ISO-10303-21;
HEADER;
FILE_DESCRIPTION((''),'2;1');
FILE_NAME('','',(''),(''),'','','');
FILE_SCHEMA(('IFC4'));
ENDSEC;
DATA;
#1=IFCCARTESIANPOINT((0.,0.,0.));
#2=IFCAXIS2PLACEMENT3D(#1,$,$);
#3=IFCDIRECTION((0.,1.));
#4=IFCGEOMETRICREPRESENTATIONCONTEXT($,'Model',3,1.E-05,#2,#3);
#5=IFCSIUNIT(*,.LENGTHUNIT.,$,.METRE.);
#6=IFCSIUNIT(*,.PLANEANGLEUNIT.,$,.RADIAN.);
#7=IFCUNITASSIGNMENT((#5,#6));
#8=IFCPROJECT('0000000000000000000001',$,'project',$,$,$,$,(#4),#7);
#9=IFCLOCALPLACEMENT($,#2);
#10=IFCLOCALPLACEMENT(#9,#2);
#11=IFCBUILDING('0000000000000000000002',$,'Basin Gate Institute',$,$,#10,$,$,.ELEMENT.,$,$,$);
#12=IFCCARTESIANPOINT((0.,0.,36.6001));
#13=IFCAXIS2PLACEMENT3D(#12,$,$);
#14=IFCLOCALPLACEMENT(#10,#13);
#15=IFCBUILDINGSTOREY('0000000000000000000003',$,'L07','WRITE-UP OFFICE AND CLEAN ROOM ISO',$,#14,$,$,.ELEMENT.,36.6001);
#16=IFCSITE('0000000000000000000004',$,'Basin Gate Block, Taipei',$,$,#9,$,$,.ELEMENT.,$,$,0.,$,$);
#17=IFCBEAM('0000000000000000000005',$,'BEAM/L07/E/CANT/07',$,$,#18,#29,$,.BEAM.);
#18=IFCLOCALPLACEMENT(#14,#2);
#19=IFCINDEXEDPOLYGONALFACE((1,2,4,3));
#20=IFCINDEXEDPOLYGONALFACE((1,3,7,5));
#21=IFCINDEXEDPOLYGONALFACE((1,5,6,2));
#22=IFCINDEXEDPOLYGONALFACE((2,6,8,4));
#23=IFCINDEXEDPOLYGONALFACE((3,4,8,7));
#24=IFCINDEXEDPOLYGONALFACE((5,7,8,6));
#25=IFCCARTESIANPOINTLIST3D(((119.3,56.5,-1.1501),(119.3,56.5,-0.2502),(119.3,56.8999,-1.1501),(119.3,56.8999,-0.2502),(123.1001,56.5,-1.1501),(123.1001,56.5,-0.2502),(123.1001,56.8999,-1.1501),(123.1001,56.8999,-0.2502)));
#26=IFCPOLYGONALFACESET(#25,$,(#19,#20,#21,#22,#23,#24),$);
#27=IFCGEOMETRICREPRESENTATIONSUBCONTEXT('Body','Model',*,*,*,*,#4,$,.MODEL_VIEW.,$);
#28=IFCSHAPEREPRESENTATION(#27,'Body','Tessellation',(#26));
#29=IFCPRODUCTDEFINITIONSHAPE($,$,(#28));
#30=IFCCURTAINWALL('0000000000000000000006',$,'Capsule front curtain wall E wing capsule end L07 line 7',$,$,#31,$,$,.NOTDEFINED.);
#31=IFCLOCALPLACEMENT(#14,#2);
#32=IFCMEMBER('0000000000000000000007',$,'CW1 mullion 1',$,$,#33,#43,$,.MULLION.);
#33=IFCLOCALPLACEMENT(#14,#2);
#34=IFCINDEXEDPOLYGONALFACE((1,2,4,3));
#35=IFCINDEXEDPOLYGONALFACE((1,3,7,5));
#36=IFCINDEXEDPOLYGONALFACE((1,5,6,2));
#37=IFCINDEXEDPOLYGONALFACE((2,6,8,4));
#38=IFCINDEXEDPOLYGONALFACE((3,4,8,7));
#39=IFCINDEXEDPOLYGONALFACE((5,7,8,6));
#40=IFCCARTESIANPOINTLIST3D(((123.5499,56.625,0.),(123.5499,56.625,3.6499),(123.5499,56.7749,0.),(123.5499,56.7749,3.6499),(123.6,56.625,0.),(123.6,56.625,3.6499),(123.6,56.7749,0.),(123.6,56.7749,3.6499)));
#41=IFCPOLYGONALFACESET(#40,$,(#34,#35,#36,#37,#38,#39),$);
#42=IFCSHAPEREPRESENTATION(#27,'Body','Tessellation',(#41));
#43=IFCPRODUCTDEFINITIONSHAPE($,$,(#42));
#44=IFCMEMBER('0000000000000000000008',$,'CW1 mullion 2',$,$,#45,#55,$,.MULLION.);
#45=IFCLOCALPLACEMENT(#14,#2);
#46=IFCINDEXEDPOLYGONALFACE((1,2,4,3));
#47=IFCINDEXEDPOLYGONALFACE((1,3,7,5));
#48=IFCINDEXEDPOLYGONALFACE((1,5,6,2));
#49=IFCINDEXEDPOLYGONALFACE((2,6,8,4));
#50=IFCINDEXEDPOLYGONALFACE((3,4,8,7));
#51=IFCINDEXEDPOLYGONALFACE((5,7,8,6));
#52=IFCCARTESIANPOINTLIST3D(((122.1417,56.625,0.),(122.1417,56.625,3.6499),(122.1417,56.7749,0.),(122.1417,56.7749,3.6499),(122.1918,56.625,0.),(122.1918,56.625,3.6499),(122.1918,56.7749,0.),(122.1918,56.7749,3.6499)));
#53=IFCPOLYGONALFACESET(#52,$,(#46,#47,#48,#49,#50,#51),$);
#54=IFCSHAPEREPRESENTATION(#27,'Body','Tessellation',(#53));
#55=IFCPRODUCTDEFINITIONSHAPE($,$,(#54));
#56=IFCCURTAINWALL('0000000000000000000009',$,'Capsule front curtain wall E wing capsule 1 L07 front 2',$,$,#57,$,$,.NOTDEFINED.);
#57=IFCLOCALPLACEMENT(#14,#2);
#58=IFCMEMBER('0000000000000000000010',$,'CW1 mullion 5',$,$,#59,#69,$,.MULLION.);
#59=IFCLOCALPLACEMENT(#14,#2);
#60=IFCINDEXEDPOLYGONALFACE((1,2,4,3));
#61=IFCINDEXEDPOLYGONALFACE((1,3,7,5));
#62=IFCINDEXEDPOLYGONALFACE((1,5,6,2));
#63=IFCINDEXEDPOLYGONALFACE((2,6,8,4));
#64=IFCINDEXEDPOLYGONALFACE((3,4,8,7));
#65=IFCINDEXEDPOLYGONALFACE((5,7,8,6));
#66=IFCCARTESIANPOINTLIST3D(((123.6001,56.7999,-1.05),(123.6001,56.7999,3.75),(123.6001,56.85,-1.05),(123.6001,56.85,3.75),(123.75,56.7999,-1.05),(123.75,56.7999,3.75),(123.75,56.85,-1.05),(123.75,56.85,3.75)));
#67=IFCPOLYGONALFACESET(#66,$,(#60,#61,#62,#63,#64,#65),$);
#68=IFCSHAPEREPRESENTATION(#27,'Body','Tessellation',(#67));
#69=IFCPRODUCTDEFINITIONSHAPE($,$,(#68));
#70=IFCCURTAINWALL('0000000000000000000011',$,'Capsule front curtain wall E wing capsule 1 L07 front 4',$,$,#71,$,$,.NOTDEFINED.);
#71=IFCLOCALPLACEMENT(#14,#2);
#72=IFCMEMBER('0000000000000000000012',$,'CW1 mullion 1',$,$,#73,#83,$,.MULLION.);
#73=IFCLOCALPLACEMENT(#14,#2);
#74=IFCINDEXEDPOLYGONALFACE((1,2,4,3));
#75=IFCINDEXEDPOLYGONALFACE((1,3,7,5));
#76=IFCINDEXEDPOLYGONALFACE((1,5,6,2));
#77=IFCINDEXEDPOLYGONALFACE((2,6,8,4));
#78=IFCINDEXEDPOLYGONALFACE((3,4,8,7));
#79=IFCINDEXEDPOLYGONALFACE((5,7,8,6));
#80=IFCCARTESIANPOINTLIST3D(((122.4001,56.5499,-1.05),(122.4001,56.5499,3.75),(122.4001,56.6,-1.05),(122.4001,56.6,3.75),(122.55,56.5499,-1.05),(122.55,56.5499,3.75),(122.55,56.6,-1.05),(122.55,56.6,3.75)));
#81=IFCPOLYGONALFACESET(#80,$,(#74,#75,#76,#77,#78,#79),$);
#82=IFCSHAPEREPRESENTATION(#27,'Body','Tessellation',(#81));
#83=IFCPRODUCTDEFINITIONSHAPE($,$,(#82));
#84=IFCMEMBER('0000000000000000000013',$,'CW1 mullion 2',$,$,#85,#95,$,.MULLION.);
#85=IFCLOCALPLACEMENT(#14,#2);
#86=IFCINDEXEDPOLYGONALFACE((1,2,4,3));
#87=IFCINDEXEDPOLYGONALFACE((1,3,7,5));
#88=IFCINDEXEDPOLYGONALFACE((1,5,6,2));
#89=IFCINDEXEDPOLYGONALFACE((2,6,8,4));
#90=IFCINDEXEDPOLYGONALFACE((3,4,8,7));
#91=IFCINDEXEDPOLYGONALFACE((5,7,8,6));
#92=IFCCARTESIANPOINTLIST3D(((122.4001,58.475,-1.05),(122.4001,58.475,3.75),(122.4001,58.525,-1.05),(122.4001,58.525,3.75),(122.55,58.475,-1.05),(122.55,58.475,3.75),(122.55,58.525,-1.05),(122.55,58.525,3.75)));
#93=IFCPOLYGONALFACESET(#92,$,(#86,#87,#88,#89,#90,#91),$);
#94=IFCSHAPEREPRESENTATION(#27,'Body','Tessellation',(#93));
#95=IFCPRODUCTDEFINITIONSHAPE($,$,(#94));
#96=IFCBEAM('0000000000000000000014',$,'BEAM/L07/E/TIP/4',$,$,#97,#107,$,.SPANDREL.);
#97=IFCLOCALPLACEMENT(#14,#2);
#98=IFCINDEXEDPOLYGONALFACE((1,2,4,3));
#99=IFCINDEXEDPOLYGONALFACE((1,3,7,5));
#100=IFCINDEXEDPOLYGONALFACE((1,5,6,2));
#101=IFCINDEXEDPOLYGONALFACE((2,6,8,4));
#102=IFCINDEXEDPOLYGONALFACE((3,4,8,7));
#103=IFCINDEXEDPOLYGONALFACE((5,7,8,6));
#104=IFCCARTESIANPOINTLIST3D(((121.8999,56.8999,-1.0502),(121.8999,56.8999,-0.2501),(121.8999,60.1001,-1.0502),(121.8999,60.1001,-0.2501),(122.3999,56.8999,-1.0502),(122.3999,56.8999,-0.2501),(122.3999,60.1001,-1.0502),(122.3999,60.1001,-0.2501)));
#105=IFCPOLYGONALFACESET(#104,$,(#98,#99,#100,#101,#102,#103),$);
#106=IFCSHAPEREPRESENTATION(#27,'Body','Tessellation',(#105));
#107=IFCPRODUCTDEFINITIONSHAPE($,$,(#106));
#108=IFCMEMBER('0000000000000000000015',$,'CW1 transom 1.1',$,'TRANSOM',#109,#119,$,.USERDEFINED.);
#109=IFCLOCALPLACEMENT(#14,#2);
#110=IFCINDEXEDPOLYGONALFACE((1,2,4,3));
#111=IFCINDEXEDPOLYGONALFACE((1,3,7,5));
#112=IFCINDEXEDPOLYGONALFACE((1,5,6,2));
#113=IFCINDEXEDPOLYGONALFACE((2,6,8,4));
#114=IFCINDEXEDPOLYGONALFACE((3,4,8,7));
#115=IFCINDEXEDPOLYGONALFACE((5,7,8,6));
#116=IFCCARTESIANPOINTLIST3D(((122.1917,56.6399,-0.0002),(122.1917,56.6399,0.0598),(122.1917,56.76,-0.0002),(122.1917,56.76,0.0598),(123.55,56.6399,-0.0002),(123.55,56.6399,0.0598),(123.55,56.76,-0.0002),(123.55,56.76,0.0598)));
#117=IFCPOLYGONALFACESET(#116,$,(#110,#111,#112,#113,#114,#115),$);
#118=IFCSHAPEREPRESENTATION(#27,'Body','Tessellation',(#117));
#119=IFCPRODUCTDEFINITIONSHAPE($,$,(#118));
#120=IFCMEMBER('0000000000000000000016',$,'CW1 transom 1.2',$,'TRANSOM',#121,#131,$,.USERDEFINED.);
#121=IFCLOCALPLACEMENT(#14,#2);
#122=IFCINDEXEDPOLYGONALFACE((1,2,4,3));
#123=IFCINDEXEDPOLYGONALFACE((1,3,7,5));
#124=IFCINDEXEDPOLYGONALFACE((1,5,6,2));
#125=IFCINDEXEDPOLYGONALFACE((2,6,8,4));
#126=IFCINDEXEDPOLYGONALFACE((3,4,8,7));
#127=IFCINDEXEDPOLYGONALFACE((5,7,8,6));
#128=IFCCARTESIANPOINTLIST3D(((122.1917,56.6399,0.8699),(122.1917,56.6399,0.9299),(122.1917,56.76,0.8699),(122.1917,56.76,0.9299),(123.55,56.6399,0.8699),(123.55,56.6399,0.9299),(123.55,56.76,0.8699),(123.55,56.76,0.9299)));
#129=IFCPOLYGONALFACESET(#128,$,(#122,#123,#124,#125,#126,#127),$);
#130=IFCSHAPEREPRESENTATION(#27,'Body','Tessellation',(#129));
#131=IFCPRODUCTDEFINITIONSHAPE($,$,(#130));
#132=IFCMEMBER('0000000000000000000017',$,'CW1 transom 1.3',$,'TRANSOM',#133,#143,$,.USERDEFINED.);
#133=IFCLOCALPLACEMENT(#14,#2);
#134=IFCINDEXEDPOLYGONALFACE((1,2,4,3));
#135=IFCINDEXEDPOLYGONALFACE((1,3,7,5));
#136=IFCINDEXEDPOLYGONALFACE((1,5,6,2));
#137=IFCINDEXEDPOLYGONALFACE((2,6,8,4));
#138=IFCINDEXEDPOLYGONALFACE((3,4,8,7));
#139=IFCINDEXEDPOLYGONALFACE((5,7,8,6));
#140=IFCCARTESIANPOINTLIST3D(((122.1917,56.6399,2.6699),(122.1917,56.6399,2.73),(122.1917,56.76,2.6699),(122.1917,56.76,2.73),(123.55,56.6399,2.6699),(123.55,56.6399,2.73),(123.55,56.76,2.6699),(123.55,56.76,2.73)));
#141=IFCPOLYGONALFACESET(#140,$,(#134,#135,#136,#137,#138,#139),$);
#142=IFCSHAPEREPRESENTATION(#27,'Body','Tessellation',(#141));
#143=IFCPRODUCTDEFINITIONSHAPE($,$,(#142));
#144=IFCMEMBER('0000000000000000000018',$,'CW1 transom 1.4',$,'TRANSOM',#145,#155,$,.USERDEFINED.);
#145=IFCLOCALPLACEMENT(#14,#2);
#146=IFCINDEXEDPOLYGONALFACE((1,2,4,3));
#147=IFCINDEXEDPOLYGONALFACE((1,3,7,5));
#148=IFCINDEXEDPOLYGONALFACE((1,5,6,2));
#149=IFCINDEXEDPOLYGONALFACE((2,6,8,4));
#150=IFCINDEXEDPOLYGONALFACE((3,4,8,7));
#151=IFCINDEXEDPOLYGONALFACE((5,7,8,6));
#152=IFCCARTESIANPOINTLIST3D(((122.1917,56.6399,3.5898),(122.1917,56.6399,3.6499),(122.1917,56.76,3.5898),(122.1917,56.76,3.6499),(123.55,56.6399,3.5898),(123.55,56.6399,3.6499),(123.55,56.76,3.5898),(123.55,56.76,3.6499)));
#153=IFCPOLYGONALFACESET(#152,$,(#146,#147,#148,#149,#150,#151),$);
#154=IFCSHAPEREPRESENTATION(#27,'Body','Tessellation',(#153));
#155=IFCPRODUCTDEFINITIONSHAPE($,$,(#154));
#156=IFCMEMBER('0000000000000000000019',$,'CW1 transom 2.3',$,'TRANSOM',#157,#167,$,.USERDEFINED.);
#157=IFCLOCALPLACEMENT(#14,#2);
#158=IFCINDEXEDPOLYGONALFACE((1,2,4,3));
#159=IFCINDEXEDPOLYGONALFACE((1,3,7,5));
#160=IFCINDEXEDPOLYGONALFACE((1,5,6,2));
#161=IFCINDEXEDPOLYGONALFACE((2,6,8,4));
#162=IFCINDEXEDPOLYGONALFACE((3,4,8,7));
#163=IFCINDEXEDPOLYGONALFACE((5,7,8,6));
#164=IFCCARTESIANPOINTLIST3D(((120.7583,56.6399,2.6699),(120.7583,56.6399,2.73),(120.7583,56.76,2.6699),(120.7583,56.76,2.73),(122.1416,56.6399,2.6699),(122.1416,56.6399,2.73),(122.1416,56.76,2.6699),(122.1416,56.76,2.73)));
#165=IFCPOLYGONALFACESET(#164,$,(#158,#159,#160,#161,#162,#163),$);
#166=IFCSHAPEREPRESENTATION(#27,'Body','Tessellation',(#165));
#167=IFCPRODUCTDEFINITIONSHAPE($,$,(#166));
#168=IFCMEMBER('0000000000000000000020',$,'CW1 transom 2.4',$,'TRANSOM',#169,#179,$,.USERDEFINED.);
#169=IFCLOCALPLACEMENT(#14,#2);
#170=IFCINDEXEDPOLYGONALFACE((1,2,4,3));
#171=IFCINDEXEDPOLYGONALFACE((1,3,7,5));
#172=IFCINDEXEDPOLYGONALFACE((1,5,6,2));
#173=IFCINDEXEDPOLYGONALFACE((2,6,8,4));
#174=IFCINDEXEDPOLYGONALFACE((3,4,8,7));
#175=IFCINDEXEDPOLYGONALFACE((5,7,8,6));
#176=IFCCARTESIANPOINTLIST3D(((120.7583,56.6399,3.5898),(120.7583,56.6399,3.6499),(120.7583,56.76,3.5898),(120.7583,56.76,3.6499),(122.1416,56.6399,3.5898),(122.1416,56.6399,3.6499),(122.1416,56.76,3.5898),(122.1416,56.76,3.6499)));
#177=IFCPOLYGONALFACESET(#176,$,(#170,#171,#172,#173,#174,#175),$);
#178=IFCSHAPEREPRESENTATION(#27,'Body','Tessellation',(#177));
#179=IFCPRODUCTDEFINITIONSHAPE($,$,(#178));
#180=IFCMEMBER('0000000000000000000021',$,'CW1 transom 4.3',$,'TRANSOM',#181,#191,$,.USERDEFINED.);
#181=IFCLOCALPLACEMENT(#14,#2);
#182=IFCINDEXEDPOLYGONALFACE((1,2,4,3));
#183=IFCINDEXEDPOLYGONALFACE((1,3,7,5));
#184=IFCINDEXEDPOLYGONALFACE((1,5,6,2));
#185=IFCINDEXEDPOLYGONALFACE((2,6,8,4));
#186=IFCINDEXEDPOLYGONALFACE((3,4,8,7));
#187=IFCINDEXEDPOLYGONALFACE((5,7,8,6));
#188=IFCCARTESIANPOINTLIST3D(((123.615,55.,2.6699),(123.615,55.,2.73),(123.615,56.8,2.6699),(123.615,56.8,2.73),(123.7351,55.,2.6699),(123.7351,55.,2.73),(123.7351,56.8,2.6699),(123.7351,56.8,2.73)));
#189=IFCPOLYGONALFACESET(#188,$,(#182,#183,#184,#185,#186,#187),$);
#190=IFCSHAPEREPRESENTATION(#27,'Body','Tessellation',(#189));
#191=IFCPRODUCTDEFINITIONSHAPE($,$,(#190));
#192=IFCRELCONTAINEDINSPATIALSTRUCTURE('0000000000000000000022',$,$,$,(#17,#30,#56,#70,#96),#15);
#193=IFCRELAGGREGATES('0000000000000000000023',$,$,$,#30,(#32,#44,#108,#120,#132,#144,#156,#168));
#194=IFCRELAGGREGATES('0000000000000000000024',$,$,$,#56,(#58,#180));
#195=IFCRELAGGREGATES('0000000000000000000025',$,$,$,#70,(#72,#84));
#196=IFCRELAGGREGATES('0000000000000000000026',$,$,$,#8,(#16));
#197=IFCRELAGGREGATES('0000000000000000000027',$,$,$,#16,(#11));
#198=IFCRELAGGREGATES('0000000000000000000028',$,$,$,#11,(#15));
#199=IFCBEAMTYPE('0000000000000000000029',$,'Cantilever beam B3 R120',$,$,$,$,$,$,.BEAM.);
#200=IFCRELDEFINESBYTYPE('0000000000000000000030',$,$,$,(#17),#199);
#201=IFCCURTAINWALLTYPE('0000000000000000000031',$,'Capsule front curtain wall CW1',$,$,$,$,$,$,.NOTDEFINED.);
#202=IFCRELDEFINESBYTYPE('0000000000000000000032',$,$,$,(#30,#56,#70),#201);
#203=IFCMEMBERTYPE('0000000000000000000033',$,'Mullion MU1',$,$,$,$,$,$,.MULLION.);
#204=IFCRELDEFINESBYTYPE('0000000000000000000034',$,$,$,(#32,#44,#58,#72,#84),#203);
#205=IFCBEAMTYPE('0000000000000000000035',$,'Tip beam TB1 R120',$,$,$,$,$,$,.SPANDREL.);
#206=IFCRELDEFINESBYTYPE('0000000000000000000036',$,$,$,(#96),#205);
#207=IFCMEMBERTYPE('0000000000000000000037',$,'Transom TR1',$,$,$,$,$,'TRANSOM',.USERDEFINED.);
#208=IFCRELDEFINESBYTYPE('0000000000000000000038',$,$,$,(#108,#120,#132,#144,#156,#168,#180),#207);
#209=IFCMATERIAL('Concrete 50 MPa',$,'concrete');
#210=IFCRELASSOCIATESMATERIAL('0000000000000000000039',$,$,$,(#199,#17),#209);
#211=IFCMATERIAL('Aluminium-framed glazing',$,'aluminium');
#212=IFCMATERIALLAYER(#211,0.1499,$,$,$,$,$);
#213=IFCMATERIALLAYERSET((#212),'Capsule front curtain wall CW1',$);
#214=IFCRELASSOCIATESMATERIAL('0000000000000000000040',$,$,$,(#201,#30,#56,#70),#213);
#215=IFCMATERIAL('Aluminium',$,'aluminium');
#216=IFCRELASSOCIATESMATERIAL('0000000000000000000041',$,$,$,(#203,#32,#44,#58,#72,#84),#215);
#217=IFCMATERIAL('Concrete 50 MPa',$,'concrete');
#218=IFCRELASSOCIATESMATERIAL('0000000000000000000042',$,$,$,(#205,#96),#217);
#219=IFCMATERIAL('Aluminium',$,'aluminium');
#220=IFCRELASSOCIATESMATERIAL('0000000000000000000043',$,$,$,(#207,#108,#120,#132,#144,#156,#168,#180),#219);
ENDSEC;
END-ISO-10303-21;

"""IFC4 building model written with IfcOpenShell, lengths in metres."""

from ifc_helpers import new_model, si_unit, direction, frame, origin, origin_2d, place, context, subcontext, project, spatial, rectangle, extrude, material, layer, layer_set, material_profile, profile_set, type_object, element, aggregate, save


model = new_model("IFC4")

# Units and contexts
model_context = context("Model", 3, precision=1e-05, world=origin(), true_north=direction((0.0, 1.0)))
body_context = subcontext(model_context, "Body", "Model", "MODEL_VIEW")
ifc_project = project(units=[si_unit("LENGTHUNIT", "METRE"), si_unit("PLANEANGLEUNIT", "RADIAN")], contexts=[model_context])

# Site, building, storey
site_placement = place(None, origin())
site = spatial("IfcSite", under=ifc_project, at=site_placement, Name="Basin Gate Block, Taipei", CompositionType="ELEMENT", RefElevation=0.0)
building_placement = place(site_placement, origin())
building = spatial("IfcBuilding", under=site, at=building_placement, Name="Basin Gate Institute", CompositionType="ELEMENT")
storey_placement = place(building_placement, frame((0.0, 0.0, 36.6001)))
storey = spatial("IfcBuildingStorey", under=building, at=storey_placement, Name="L07", Description="WRITE-UP OFFICE AND CLEAN ROOM ISO", CompositionType="ELEMENT", Elevation=36.6001)

# Beam
ifc_material_1 = material(Name="Concrete 50 MPa", Category="concrete")
ifc_material_profile_1 = material_profile(ifc_material_1, rectangle(XDim=0.3999, YDim=0.8999, at=origin_2d()), Name="Cantilever beam B3 400 x 900")
ifc_profile_set_1 = profile_set([ifc_material_profile_1], Name="Concrete 50 MPa")
beam_type_1 = type_object("IfcBeamType", Name="Cantilever beam B3 R120", PredefinedType="BEAM", material=ifc_profile_set_1)
beam_1_placement = place(storey_placement, frame((123.1001, 56.7, -0.7002), z_axis=(-1.0, 0.0, 0.0), x_axis=(0.0, -1.0, 0.0)))
element("IfcBeam", 1, at=beam_1_placement, inside=storey, type_object=beam_type_1, material=ifc_profile_set_1, Name="BEAM/L07/E/CANT/07", PredefinedType="BEAM", context=body_context, shape_type="SweptSolid", body=[
    extrude(rectangle(XDim=0.3999, YDim=0.8999, at=origin_2d()), origin(), (0.0, 0.0, 1.0), 3.8),
])

# Curtain wall, members
ifc_material_2 = material(Name="Aluminium-framed glazing", Category="aluminium")
ifc_layer_1 = layer(ifc_material_2, 0.1499)
ifc_layer_set_1 = layer_set([ifc_layer_1], Name="Capsule front curtain wall CW1")
curtain_wall_type = type_object("IfcCurtainWallType", Name="Capsule front curtain wall CW1", PredefinedType="NOTDEFINED", material=ifc_layer_set_1)
curtain_wall_1_placement = place(storey_placement, origin())
curtain_wall_1 = element("IfcCurtainWall", 2, at=curtain_wall_1_placement, inside=storey, type_object=curtain_wall_type, material=ifc_layer_set_1, Name="Capsule front curtain wall E wing capsule end L07 line 7", PredefinedType="NOTDEFINED")
ifc_material_3 = material(Name="Aluminium", Category="aluminium")
ifc_material_profile_2 = material_profile(ifc_material_3, rectangle(XDim=0.1499, YDim=0.05, at=origin_2d()), Name="Mullion MU1 150 x 50")
ifc_profile_set_2 = profile_set([ifc_material_profile_2], Name="Aluminium")
member_type_1 = type_object("IfcMemberType", Name="Mullion MU1", PredefinedType="MULLION", material=ifc_profile_set_2)
member_1_placement = place(storey_placement, frame((123.575, 56.7, 0.0), z_axis=(0.0, 0.0, 1.0), x_axis=(0.0, -1.0, 0.0)))
member_1 = element("IfcMember", 3, at=member_1_placement, type_object=member_type_1, material=ifc_profile_set_2, Name="CW1 mullion 1", PredefinedType="MULLION", context=body_context, shape_type="SweptSolid", body=[
    extrude(rectangle(XDim=0.1499, YDim=0.05, at=origin_2d()), origin(), (0.0, 0.0, 1.0), 3.6499),
])
member_2_placement = place(storey_placement, frame((122.1667, 56.7, 0.0), z_axis=(0.0, 0.0, 1.0), x_axis=(0.0, -1.0, 0.0)))
member_2 = element("IfcMember", 4, at=member_2_placement, type_object=member_type_1, material=ifc_profile_set_2, Name="CW1 mullion 2", PredefinedType="MULLION", context=body_context, shape_type="SweptSolid", body=[
    extrude(rectangle(XDim=0.1499, YDim=0.05, at=origin_2d()), origin(), (0.0, 0.0, 1.0), 3.6499),
])

# Curtain wall, member
curtain_wall_2_placement = place(storey_placement, origin())
curtain_wall_2 = element("IfcCurtainWall", 5, at=curtain_wall_2_placement, inside=storey, type_object=curtain_wall_type, material=ifc_layer_set_1, Name="Capsule front curtain wall E wing capsule 1 L07 front 2", PredefinedType="NOTDEFINED")
member_3_placement = place(storey_placement, frame((123.675, 56.825, -1.05), z_axis=(0.0, 0.0, 1.0), x_axis=(-1.0, 0.0, 0.0)))
member_3 = element("IfcMember", 6, at=member_3_placement, type_object=member_type_1, material=ifc_profile_set_2, Name="CW1 mullion 5", PredefinedType="MULLION", context=body_context, shape_type="SweptSolid", body=[
    extrude(rectangle(XDim=0.1499, YDim=0.05, at=origin_2d()), origin(), (0.0, 0.0, 1.0), 4.8),
])

# Curtain wall, members
curtain_wall_3_placement = place(storey_placement, origin())
curtain_wall_3 = element("IfcCurtainWall", 7, at=curtain_wall_3_placement, inside=storey, type_object=curtain_wall_type, material=ifc_layer_set_1, Name="Capsule front curtain wall E wing capsule 1 L07 front 4", PredefinedType="NOTDEFINED")
member_4_placement = place(storey_placement, frame((122.4751, 56.575, -1.05), z_axis=(0.0, 0.0, 1.0), x_axis=(-1.0, 0.0, 0.0)))
member_4 = element("IfcMember", 8, at=member_4_placement, type_object=member_type_1, material=ifc_profile_set_2, Name="CW1 mullion 1", PredefinedType="MULLION", context=body_context, shape_type="SweptSolid", body=[
    extrude(rectangle(XDim=0.1499, YDim=0.05, at=origin_2d()), origin(), (0.0, 0.0, 1.0), 4.8),
])
member_5_placement = place(storey_placement, frame((122.4751, 58.5, -1.05), z_axis=(0.0, 0.0, 1.0), x_axis=(-1.0, 0.0, 0.0)))
member_5 = element("IfcMember", 9, at=member_5_placement, type_object=member_type_1, material=ifc_profile_set_2, Name="CW1 mullion 2", PredefinedType="MULLION", context=body_context, shape_type="SweptSolid", body=[
    extrude(rectangle(XDim=0.1499, YDim=0.05, at=origin_2d()), origin(), (0.0, 0.0, 1.0), 4.8),
])

# Beam
ifc_material_4 = material(Name="Concrete 50 MPa", Category="concrete")
ifc_material_profile_3 = material_profile(ifc_material_4, rectangle(XDim=0.5, YDim=0.8, at=origin_2d()), Name="Tip beam TB1 500 x 800")
ifc_profile_set_3 = profile_set([ifc_material_profile_3], Name="Concrete 50 MPa")
beam_type_2 = type_object("IfcBeamType", Name="Tip beam TB1 R120", PredefinedType="SPANDREL", material=ifc_profile_set_3)
beam_2_placement = place(storey_placement, frame((122.1499, 56.8999, -0.6501), z_axis=(0.0, 1.0, 0.0), x_axis=(-1.0, 0.0, 0.0)))
element("IfcBeam", 10, at=beam_2_placement, inside=storey, type_object=beam_type_2, material=ifc_profile_set_3, Name="BEAM/L07/E/TIP/4", PredefinedType="SPANDREL", context=body_context, shape_type="SweptSolid", body=[
    extrude(rectangle(XDim=0.5, YDim=0.8, at=origin_2d()), origin(), (0.0, 0.0, 1.0), 3.2002),
])

# Members
ifc_material_5 = material(Name="Aluminium", Category="aluminium")
ifc_material_profile_4 = material_profile(ifc_material_5, rectangle(XDim=0.1201, YDim=0.0601, at=origin_2d()), Name="Transom TR1 120 x 60")
ifc_profile_set_4 = profile_set([ifc_material_profile_4], Name="Aluminium")
member_type_2 = type_object("IfcMemberType", Name="Transom TR1", ElementType="TRANSOM", PredefinedType="USERDEFINED", material=ifc_profile_set_4)
member_6_placement = place(storey_placement, frame((123.55, 56.7, 0.0298), z_axis=(-1.0, 0.0, 0.0), x_axis=(0.0, -1.0, 0.0)))
member_6 = element("IfcMember", 11, at=member_6_placement, type_object=member_type_2, material=ifc_profile_set_4, Name="CW1 transom 1.1", ObjectType="TRANSOM", PredefinedType="USERDEFINED", context=body_context, shape_type="SweptSolid", body=[
    extrude(rectangle(XDim=0.1201, YDim=0.0601, at=origin_2d()), origin(), (0.0, 0.0, 1.0), 1.3584),
])
member_7_placement = place(storey_placement, frame((123.55, 56.7, 0.8999), z_axis=(-1.0, 0.0, 0.0), x_axis=(0.0, -1.0, 0.0)))
member_7 = element("IfcMember", 12, at=member_7_placement, type_object=member_type_2, material=ifc_profile_set_4, Name="CW1 transom 1.2", ObjectType="TRANSOM", PredefinedType="USERDEFINED", context=body_context, shape_type="SweptSolid", body=[
    extrude(rectangle(XDim=0.1201, YDim=0.0601, at=origin_2d()), origin(), (0.0, 0.0, 1.0), 1.3584),
])
member_8_placement = place(storey_placement, frame((123.55, 56.7, 2.7), z_axis=(-1.0, 0.0, 0.0), x_axis=(0.0, -1.0, 0.0)))
member_8 = element("IfcMember", 13, at=member_8_placement, type_object=member_type_2, material=ifc_profile_set_4, Name="CW1 transom 1.3", ObjectType="TRANSOM", PredefinedType="USERDEFINED", context=body_context, shape_type="SweptSolid", body=[
    extrude(rectangle(XDim=0.1201, YDim=0.0601, at=origin_2d()), origin(), (0.0, 0.0, 1.0), 1.3584),
])
member_9_placement = place(storey_placement, frame((123.55, 56.7, 3.6199), z_axis=(-1.0, 0.0, 0.0), x_axis=(0.0, -1.0, 0.0)))
member_9 = element("IfcMember", 14, at=member_9_placement, type_object=member_type_2, material=ifc_profile_set_4, Name="CW1 transom 1.4", ObjectType="TRANSOM", PredefinedType="USERDEFINED", context=body_context, shape_type="SweptSolid", body=[
    extrude(rectangle(XDim=0.1201, YDim=0.0601, at=origin_2d()), origin(), (0.0, 0.0, 1.0), 1.3584),
])
member_10_placement = place(storey_placement, frame((122.1416, 56.7, 2.7), z_axis=(-1.0, 0.0, 0.0), x_axis=(0.0, -1.0, 0.0)))
member_10 = element("IfcMember", 15, at=member_10_placement, type_object=member_type_2, material=ifc_profile_set_4, Name="CW1 transom 2.3", ObjectType="TRANSOM", PredefinedType="USERDEFINED", context=body_context, shape_type="SweptSolid", body=[
    extrude(rectangle(XDim=0.1201, YDim=0.0601, at=origin_2d()), origin(), (0.0, 0.0, 1.0), 1.3833),
])
member_11_placement = place(storey_placement, frame((122.1416, 56.7, 3.6199), z_axis=(-1.0, 0.0, 0.0), x_axis=(0.0, -1.0, 0.0)))
member_11 = element("IfcMember", 16, at=member_11_placement, type_object=member_type_2, material=ifc_profile_set_4, Name="CW1 transom 2.4", ObjectType="TRANSOM", PredefinedType="USERDEFINED", context=body_context, shape_type="SweptSolid", body=[
    extrude(rectangle(XDim=0.1201, YDim=0.0601, at=origin_2d()), origin(), (0.0, 0.0, 1.0), 1.3833),
])
member_12_placement = place(storey_placement, frame((123.675, 55.0, 2.7), z_axis=(0.0, 1.0, 0.0), x_axis=(-1.0, 0.0, 0.0)))
member_12 = element("IfcMember", 17, at=member_12_placement, type_object=member_type_2, material=ifc_profile_set_4, Name="CW1 transom 4.3", ObjectType="TRANSOM", PredefinedType="USERDEFINED", context=body_context, shape_type="SweptSolid", body=[
    extrude(rectangle(XDim=0.1201, YDim=0.0601, at=origin_2d()), origin(), (0.0, 0.0, 1.0), 1.8),
])

aggregate(curtain_wall_1, [member_1, member_2, member_6, member_7, member_8, member_9, member_10, member_11])
aggregate(curtain_wall_2, [member_3, member_12])
aggregate(curtain_wall_3, [member_4, member_5])

save(model, "model.ifc")
